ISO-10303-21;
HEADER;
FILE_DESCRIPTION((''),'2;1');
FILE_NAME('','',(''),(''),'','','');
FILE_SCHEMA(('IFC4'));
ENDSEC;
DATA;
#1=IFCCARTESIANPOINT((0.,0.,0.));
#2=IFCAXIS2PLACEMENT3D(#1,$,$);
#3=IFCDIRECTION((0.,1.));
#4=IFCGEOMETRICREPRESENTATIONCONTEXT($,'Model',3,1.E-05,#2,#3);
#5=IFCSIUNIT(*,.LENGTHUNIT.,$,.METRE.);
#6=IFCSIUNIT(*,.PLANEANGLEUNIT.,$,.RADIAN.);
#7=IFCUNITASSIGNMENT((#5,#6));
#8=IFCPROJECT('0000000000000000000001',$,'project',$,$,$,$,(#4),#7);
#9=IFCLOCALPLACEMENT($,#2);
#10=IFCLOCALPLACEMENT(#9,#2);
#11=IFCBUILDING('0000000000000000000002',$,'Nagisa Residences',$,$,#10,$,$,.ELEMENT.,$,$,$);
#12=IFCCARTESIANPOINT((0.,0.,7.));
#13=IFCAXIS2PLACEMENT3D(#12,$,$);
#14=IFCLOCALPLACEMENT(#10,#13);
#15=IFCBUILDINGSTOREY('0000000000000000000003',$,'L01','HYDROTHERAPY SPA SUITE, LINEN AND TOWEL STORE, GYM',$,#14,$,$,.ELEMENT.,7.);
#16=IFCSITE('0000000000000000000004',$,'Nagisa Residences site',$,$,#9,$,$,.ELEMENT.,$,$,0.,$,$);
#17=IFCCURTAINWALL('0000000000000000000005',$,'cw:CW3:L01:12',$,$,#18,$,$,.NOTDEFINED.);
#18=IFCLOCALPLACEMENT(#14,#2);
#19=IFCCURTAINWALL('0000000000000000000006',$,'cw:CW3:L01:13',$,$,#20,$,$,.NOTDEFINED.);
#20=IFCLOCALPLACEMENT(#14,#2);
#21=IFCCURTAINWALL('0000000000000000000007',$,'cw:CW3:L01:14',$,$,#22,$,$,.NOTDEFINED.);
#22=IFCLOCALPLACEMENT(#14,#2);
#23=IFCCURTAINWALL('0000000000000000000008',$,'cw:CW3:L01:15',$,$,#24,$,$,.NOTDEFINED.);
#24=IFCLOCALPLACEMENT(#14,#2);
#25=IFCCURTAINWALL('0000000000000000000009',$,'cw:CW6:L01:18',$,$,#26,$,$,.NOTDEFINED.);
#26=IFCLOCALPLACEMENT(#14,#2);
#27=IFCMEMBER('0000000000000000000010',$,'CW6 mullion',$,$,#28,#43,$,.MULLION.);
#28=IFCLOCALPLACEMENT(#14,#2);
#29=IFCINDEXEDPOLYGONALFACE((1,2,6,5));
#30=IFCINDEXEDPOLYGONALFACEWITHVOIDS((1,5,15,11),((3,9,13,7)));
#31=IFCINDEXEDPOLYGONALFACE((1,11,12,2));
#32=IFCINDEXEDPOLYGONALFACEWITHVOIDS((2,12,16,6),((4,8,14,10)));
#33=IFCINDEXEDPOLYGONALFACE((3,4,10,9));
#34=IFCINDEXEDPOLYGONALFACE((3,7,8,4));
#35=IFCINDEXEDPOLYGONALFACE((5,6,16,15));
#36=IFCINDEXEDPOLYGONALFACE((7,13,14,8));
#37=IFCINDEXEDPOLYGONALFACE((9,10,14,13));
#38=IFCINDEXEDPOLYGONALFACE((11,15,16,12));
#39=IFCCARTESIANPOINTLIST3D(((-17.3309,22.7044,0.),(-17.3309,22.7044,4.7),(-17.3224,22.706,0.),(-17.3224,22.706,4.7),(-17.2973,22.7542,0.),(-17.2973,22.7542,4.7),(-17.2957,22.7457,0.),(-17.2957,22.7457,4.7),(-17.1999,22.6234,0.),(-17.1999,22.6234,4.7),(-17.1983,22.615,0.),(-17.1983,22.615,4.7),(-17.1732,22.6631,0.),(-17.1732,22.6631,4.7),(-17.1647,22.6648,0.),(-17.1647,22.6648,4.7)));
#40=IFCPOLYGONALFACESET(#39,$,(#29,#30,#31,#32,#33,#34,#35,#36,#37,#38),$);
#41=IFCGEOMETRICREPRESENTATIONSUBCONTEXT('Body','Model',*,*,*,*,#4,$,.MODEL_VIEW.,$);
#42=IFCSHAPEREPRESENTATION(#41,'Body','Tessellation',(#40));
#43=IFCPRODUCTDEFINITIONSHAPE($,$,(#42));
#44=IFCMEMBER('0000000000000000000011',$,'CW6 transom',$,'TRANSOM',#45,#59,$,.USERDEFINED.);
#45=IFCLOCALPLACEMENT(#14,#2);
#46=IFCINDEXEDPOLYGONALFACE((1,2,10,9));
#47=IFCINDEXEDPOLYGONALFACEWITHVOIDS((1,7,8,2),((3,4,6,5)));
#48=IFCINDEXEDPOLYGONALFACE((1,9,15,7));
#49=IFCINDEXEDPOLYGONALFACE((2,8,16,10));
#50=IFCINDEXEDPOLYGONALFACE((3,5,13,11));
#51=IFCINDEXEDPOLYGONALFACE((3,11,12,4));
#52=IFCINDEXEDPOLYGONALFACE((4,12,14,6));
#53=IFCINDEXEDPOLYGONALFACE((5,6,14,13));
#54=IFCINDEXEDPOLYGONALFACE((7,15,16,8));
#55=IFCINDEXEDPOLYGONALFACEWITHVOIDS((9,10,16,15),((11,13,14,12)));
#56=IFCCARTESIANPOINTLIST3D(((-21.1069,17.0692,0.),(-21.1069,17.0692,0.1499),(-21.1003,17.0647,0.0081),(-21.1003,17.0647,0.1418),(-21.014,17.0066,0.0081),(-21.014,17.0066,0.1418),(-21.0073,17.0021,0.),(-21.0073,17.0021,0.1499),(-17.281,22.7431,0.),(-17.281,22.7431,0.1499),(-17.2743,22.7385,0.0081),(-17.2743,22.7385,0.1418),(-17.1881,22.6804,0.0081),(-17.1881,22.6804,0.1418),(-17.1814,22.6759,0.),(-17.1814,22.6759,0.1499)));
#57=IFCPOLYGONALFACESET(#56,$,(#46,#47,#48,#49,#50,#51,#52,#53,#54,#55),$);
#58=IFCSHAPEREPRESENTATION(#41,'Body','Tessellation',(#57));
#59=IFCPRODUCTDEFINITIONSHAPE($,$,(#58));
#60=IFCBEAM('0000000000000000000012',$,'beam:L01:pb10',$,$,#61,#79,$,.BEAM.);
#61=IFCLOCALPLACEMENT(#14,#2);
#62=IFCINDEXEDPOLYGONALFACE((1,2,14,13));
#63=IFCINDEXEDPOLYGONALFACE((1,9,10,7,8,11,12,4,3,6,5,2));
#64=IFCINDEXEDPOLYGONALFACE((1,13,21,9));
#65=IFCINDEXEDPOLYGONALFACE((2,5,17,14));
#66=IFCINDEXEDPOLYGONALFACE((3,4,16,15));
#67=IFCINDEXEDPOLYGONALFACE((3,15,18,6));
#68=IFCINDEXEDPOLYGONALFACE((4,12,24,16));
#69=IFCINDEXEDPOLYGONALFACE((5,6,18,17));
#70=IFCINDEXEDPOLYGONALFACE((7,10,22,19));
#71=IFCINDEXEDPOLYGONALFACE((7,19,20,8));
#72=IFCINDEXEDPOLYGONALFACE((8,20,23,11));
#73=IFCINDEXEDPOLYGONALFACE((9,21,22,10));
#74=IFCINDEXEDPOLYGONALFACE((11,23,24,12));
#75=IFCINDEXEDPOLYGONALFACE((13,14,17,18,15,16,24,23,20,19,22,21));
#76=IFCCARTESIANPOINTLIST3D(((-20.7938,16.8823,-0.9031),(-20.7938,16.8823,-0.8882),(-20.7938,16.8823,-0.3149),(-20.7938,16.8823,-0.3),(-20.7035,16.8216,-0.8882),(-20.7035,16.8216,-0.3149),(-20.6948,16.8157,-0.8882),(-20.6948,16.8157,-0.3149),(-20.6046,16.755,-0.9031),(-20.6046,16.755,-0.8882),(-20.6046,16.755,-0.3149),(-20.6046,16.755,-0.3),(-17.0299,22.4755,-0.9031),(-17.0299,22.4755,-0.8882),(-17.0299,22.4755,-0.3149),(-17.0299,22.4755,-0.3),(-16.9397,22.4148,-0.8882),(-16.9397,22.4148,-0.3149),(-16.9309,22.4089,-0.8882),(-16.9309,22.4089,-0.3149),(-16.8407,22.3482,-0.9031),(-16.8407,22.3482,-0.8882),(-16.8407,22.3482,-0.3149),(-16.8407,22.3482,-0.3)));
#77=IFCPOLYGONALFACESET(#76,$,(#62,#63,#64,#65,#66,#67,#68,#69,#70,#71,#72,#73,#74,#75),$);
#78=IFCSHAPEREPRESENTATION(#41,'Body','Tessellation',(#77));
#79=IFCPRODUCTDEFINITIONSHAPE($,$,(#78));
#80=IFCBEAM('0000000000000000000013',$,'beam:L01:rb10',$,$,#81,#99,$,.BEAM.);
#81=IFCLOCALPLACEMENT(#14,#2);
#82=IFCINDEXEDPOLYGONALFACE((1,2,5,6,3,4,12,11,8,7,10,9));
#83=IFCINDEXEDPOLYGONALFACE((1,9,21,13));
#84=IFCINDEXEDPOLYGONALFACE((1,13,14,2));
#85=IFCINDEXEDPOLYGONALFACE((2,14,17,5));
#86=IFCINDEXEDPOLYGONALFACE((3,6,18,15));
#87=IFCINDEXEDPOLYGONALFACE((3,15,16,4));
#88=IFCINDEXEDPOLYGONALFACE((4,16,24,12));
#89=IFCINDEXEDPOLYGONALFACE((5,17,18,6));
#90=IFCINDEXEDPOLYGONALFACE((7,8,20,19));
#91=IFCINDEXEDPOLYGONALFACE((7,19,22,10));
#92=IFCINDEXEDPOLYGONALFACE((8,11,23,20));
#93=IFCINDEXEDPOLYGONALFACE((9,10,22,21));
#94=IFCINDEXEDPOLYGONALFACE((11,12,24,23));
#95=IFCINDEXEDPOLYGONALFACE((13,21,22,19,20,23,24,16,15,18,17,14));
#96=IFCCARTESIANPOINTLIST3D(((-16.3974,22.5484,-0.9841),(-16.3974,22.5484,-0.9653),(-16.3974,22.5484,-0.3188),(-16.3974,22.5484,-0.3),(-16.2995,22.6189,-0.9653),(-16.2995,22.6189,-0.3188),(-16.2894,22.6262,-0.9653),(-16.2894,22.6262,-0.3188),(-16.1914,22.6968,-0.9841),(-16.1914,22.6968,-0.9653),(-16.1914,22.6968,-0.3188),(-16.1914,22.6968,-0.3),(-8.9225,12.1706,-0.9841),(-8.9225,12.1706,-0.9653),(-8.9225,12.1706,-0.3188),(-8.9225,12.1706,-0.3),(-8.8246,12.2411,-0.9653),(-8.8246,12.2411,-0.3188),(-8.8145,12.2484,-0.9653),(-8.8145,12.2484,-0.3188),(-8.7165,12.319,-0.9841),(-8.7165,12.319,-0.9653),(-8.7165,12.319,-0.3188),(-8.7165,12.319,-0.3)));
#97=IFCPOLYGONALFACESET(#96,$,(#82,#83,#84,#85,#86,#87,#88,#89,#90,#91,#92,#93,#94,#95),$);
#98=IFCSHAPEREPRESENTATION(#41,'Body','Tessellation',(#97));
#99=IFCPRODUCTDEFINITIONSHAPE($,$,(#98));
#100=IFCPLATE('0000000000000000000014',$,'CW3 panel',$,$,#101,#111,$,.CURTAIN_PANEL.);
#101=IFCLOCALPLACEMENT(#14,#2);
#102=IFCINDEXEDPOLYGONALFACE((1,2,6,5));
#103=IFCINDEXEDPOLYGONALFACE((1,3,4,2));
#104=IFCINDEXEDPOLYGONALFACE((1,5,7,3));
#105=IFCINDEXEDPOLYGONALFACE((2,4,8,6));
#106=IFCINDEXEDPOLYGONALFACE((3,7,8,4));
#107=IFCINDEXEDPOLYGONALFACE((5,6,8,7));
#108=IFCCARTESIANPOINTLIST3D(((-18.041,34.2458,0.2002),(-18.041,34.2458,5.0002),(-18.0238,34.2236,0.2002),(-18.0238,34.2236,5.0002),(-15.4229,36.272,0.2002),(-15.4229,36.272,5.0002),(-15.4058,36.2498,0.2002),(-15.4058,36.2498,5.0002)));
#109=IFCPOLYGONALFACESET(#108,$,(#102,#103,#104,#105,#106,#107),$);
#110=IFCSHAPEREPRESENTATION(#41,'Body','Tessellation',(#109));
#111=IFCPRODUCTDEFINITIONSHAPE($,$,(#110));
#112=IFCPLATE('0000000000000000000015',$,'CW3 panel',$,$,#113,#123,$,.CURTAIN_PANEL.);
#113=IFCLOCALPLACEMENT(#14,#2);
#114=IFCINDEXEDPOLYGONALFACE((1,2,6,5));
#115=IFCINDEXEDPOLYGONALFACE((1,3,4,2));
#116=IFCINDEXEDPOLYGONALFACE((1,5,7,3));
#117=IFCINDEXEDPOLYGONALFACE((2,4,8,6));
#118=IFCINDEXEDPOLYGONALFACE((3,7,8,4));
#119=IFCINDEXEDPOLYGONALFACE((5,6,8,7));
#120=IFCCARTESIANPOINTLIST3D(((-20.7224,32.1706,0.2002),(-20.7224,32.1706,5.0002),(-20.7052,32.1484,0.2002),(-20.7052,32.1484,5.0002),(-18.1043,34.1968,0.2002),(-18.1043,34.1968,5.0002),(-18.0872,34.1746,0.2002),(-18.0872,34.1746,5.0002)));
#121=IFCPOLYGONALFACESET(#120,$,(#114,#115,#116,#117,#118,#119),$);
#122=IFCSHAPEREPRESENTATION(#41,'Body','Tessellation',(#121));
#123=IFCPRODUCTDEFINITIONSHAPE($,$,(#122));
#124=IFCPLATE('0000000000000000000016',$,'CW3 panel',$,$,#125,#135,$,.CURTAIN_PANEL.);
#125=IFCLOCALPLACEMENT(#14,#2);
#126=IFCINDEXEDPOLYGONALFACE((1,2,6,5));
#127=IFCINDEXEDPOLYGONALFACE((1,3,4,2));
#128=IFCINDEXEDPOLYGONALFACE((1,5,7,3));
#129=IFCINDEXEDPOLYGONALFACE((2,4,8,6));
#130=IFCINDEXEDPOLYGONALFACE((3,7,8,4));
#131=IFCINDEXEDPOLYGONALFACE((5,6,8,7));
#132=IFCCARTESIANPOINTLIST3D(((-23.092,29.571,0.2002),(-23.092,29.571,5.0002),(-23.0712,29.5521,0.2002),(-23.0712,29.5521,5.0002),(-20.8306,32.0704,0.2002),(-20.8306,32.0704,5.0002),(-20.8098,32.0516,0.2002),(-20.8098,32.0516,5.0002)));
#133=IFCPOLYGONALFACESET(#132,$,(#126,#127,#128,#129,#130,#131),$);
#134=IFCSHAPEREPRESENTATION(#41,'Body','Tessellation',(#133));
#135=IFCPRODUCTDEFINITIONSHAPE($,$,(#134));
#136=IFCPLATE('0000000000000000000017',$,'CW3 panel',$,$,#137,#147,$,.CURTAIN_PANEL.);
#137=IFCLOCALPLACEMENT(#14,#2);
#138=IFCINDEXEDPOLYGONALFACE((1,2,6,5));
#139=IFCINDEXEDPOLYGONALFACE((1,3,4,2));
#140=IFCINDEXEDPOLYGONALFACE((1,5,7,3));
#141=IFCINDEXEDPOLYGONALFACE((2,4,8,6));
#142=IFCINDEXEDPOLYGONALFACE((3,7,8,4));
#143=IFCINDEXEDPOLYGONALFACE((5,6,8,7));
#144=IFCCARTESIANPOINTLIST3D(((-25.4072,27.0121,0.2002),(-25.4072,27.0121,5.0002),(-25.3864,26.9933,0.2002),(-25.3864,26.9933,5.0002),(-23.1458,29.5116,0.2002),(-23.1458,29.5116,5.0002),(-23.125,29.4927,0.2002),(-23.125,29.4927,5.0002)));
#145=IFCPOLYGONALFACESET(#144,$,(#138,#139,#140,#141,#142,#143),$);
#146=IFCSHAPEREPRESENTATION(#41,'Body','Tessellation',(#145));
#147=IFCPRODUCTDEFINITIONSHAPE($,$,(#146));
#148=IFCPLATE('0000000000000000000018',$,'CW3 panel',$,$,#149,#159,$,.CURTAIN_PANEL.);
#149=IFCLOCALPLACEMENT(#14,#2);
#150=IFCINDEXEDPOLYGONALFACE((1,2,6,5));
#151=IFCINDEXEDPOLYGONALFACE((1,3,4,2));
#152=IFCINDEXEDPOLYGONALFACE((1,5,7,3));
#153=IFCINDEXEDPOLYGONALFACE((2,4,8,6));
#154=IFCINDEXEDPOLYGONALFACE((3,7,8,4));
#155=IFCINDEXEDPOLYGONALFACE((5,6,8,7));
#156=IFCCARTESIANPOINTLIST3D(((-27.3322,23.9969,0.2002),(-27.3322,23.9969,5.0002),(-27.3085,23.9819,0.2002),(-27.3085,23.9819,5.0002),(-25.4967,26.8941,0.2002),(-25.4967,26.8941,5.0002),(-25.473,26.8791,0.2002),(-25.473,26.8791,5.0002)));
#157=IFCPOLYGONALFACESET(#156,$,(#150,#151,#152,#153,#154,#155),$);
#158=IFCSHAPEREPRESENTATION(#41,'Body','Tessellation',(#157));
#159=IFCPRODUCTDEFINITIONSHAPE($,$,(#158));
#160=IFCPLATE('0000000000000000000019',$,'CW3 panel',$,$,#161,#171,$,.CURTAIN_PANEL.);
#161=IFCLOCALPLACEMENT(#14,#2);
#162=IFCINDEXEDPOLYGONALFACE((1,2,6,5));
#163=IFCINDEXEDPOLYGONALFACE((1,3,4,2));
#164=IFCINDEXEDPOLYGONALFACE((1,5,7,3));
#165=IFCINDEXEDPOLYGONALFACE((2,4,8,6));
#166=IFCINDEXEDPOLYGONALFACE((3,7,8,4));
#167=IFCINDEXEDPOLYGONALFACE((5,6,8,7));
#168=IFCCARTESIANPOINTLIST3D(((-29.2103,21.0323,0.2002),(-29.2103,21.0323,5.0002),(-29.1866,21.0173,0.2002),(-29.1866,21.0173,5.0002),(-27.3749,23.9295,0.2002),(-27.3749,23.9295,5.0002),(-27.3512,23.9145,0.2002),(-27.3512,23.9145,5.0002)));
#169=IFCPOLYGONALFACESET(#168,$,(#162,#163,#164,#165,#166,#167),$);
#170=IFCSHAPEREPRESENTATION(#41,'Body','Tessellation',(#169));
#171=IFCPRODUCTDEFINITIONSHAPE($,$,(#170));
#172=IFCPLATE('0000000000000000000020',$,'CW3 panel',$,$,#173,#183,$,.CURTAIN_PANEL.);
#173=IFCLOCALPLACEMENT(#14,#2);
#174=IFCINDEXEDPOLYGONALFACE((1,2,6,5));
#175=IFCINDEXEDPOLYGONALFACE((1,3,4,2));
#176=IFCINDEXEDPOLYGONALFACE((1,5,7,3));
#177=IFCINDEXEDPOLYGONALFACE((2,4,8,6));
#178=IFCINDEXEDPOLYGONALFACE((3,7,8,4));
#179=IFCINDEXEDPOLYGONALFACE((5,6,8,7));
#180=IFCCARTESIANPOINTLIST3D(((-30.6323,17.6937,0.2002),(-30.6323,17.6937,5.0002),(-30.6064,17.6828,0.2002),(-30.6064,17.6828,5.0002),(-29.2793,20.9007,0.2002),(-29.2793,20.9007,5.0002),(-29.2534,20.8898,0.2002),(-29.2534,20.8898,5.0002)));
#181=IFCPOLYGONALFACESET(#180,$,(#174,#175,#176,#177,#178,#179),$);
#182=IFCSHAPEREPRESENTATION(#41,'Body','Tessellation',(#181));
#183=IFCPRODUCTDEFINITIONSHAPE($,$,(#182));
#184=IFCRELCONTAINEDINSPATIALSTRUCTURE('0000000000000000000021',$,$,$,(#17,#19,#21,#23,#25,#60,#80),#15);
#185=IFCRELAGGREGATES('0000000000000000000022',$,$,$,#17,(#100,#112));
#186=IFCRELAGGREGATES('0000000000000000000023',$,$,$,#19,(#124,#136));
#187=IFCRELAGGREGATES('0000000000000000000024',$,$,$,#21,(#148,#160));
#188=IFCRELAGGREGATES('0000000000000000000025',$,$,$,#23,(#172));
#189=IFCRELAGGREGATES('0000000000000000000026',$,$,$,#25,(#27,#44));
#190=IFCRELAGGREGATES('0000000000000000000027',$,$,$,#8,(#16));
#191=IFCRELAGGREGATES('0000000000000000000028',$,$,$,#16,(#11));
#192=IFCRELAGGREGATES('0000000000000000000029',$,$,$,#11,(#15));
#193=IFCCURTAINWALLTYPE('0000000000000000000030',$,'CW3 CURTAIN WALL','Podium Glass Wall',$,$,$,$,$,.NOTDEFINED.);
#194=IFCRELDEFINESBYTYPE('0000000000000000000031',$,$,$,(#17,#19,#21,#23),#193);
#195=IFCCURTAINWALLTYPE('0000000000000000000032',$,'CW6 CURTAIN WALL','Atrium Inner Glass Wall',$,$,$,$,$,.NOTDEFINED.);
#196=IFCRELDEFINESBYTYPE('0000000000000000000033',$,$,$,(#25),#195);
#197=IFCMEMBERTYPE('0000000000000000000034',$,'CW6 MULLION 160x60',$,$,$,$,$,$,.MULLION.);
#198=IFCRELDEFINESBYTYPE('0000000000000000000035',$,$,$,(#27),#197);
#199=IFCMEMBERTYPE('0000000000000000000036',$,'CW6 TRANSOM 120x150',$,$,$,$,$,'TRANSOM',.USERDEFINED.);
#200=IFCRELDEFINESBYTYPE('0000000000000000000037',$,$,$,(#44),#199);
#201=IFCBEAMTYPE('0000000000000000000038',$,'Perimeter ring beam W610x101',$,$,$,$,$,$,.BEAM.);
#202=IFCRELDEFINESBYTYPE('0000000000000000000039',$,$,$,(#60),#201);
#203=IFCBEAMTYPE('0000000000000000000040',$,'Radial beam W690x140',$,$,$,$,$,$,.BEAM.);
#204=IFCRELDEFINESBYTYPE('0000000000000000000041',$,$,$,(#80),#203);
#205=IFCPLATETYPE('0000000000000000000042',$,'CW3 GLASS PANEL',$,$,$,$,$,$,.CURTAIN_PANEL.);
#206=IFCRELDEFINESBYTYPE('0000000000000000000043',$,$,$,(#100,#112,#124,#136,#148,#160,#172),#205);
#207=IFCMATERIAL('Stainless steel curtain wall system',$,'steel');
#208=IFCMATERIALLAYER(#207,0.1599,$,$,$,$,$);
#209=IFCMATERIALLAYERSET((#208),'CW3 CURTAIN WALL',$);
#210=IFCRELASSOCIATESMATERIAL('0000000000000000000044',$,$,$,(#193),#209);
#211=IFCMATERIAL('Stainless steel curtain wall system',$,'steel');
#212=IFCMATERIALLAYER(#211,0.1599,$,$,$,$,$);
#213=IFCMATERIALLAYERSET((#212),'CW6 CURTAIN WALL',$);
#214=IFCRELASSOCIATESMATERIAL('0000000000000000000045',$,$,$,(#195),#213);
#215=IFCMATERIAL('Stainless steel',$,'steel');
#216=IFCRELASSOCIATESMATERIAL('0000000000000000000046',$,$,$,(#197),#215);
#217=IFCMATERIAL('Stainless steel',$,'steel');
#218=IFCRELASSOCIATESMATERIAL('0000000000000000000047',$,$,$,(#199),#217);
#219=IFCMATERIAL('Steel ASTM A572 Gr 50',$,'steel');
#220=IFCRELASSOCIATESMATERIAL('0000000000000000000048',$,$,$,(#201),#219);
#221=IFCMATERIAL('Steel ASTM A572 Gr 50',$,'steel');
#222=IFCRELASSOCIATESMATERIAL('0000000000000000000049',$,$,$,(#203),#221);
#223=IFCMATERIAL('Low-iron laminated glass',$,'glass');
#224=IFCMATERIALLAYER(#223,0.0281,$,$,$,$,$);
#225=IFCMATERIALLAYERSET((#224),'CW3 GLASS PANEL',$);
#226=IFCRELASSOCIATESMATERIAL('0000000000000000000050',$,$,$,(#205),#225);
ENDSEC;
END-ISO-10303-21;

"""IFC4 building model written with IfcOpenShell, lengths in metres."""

from ifc_helpers import new_model, si_unit, direction, frame, origin, origin_2d, place, context, subcontext, project, spatial, rectangle, hollow_rectangle, i_section, extrude, material, layer, layer_set, material_profile, profile_set, type_object, element, aggregate, save


model = new_model("IFC4")

# Units and contexts
model_context = context("Model", 3, precision=1e-05, world=origin(), true_north=direction((0.0, 1.0)))
body_context = subcontext(model_context, "Body", "Model", "MODEL_VIEW")
ifc_project = project(units=[si_unit("LENGTHUNIT", "METRE"), si_unit("PLANEANGLEUNIT", "RADIAN")], contexts=[model_context])

# Site, building, storey
site_placement = place(None, origin())
site = spatial("IfcSite", under=ifc_project, at=site_placement, Name="Nagisa Residences site", CompositionType="ELEMENT", RefElevation=0.0)
building_placement = place(site_placement, origin())
building = spatial("IfcBuilding", under=site, at=building_placement, Name="Nagisa Residences", CompositionType="ELEMENT")
storey_placement = place(building_placement, frame((0.0, 0.0, 7.0)))
storey = spatial("IfcBuildingStorey", under=building, at=storey_placement, Name="L01", Description="HYDROTHERAPY SPA SUITE, LINEN AND TOWEL STORE, GYM", CompositionType="ELEMENT", Elevation=7.0)

# Shared definitions
ifc_material_1 = material(Name="Stainless steel curtain wall system", Category="steel")
ifc_layer_1 = layer(ifc_material_1, 0.1599)
ifc_layer_set_1 = layer_set([ifc_layer_1], Name="CW3 CURTAIN WALL")
curtain_wall_type_1 = type_object("IfcCurtainWallType", Name="CW3 CURTAIN WALL", Description="Podium Glass Wall", PredefinedType="NOTDEFINED", material=ifc_layer_set_1)

# Curtain walls
curtain_wall_1_placement = place(storey_placement, origin())
curtain_wall_1 = element("IfcCurtainWall", 1, at=curtain_wall_1_placement, inside=storey, type_object=curtain_wall_type_1, Name="cw:CW3:L01:12", PredefinedType="NOTDEFINED")
curtain_wall_2_placement = place(storey_placement, origin())
curtain_wall_2 = element("IfcCurtainWall", 2, at=curtain_wall_2_placement, inside=storey, type_object=curtain_wall_type_1, Name="cw:CW3:L01:13", PredefinedType="NOTDEFINED")
curtain_wall_3_placement = place(storey_placement, origin())
curtain_wall_3 = element("IfcCurtainWall", 3, at=curtain_wall_3_placement, inside=storey, type_object=curtain_wall_type_1, Name="cw:CW3:L01:14", PredefinedType="NOTDEFINED")
curtain_wall_4_placement = place(storey_placement, origin())
curtain_wall_4 = element("IfcCurtainWall", 4, at=curtain_wall_4_placement, inside=storey, type_object=curtain_wall_type_1, Name="cw:CW3:L01:15", PredefinedType="NOTDEFINED")

# Curtain wall, members
ifc_material_2 = material(Name="Stainless steel curtain wall system", Category="steel")
ifc_layer_2 = layer(ifc_material_2, 0.1599)
ifc_layer_set_2 = layer_set([ifc_layer_2], Name="CW6 CURTAIN WALL")
curtain_wall_type_2 = type_object("IfcCurtainWallType", Name="CW6 CURTAIN WALL", Description="Atrium Inner Glass Wall", PredefinedType="NOTDEFINED", material=ifc_layer_set_2)
curtain_wall_5_placement = place(storey_placement, origin())
curtain_wall_5 = element("IfcCurtainWall", 5, at=curtain_wall_5_placement, inside=storey, type_object=curtain_wall_type_2, Name="cw:CW6:L01:18", PredefinedType="NOTDEFINED")
ifc_material_3 = material(Name="Stainless steel", Category="steel")
ifc_material_profile_1 = material_profile(ifc_material_3, hollow_rectangle(XDim=0.1599, YDim=0.0601, WallThickness=0.0061, at=origin_2d()), Name="CW6 MULLION 160x60")
ifc_profile_set_1 = profile_set([ifc_material_profile_1], Name="Stainless steel")
member_type_1 = type_object("IfcMemberType", Name="CW6 MULLION 160x60", PredefinedType="MULLION", material=ifc_profile_set_1)
member_1_placement = place(storey_placement, frame((-17.2478, 22.6846, 0.0), z_axis=(0.0, 0.0, 1.0), x_axis=(0.829111, -0.559084, 0.0)))
member_1 = element("IfcMember", 6, at=member_1_placement, type_object=member_type_1, Name="CW6 mullion", PredefinedType="MULLION", context=body_context, shape_type="SweptSolid", body=[
    extrude(hollow_rectangle(XDim=0.1599, YDim=0.0601, WallThickness=0.0061, at=origin_2d()), origin(), (0.0, 0.0, 1.0), 4.7),
])
ifc_material_4 = material(Name="Stainless steel", Category="steel")
ifc_material_profile_2 = material_profile(ifc_material_4, hollow_rectangle(XDim=0.1201, YDim=0.1499, WallThickness=0.0081, at=origin_2d()), Name="CW6 TRANSOM 120x150")
ifc_profile_set_2 = profile_set([ifc_material_profile_2], Name="Stainless steel")
member_type_2 = type_object("IfcMemberType", Name="CW6 TRANSOM 120x150", ElementType="TRANSOM", PredefinedType="USERDEFINED", material=ifc_profile_set_2)
member_2_placement = place(storey_placement, frame((-17.2312, 22.7095, 0.075), z_axis=(-0.559081, -0.829113, 0.0), x_axis=(0.829113, -0.559081, 0.0)))
member_2 = element("IfcMember", 7, at=member_2_placement, type_object=member_type_2, Name="CW6 transom", ObjectType="TRANSOM", PredefinedType="USERDEFINED", context=body_context, shape_type="SweptSolid", body=[
    extrude(hollow_rectangle(XDim=0.1201, YDim=0.1499, WallThickness=0.0081, at=origin_2d()), origin(), (0.0, 0.0, 1.0), 6.8433),
])

# Beams
ifc_material_5 = material(Name="Steel ASTM A572 Gr 50", Category="steel")
ifc_material_profile_3 = material_profile(ifc_material_5, i_section(OverallWidth=0.228, OverallDepth=0.603, WebThickness=0.0105, FlangeThickness=0.0149, at=origin_2d()), Name="W610x101")
ifc_profile_set_3 = profile_set([ifc_material_profile_3], Name="Steel ASTM A572 Gr 50")
beam_type_1 = type_object("IfcBeamType", Name="Perimeter ring beam W610x101", PredefinedType="BEAM", material=ifc_profile_set_3)
beam_1_placement = place(storey_placement, frame((-16.9353, 22.4119, -0.6016), z_axis=(-0.558297, -0.829641, 0.0), x_axis=(0.829641, -0.558297, 0.0)))
element("IfcBeam", 8, at=beam_1_placement, inside=storey, type_object=beam_type_1, Name="beam:L01:pb10", PredefinedType="BEAM", context=body_context, shape_type="SweptSolid", body=[
    extrude(i_section(OverallWidth=0.228, OverallDepth=0.603, WebThickness=0.0105, FlangeThickness=0.0149, at=origin_2d()), origin(), (0.0, 0.0, 1.0), 6.7417),
])
ifc_material_6 = material(Name="Steel ASTM A572 Gr 50", Category="steel")
ifc_material_profile_4 = material_profile(ifc_material_6, i_section(OverallWidth=0.2539, OverallDepth=0.6841, WebThickness=0.0125, FlangeThickness=0.0188, at=origin_2d()), Name="W690x140")
ifc_profile_set_4 = profile_set([ifc_material_profile_4], Name="Steel ASTM A572 Gr 50")
beam_type_2 = type_object("IfcBeamType", Name="Radial beam W690x140", PredefinedType="BEAM", material=ifc_profile_set_4)
beam_2_placement = place(storey_placement, frame((-16.2944, 22.6226, -0.6421), z_axis=(0.584455, -0.811426, 0.0), x_axis=(0.811426, 0.584455, 0.0)))
element("IfcBeam", 9, at=beam_2_placement, inside=storey, type_object=beam_type_2, Name="beam:L01:rb10", PredefinedType="BEAM", context=body_context, shape_type="SweptSolid", body=[
    extrude(i_section(OverallWidth=0.2539, OverallDepth=0.6841, WebThickness=0.0125, FlangeThickness=0.0188, at=origin_2d()), origin(), (0.0, 0.0, 1.0), 12.7896),
])

# Plates
ifc_material_7 = material(Name="Low-iron laminated glass", Category="glass")
ifc_layer_3 = layer(ifc_material_7, 0.0281)
ifc_layer_set_3 = layer_set([ifc_layer_3], Name="CW3 GLASS PANEL")
plate_type_1 = type_object("IfcPlateType", Name="CW3 GLASS PANEL", PredefinedType="CURTAIN_PANEL", material=ifc_layer_set_3)
plate_1_placement = place(storey_placement, frame((-16.7234, 35.2478, 0.2002), z_axis=(0.0, 0.0, 1.0), x_axis=(-0.790831, -0.612035, 0.0)))
plate_1 = element("IfcPlate", 10, at=plate_1_placement, type_object=plate_type_1, Name="CW3 panel", PredefinedType="CURTAIN_PANEL", context=body_context, shape_type="SweptSolid", body=[
    extrude(rectangle(XDim=3.3105, YDim=0.0281, at=origin_2d()), origin(), (0.0, 0.0, 1.0), 4.8),
])
plate_2_placement = place(storey_placement, frame((-19.4048, 33.1726, 0.2002), z_axis=(0.0, 0.0, 1.0), x_axis=(-0.790831, -0.612035, 0.0)))
plate_2 = element("IfcPlate", 11, at=plate_2_placement, type_object=plate_type_1, Name="CW3 panel", PredefinedType="CURTAIN_PANEL", context=body_context, shape_type="SweptSolid", body=[
    extrude(rectangle(XDim=3.3105, YDim=0.0281, at=origin_2d()), origin(), (0.0, 0.0, 1.0), 4.8),
])
aggregate(curtain_wall_1, [plate_1, plate_2])
plate_3_placement = place(storey_placement, frame((-21.9509, 30.8113, 0.2002), z_axis=(0.0, 0.0, 1.0), x_axis=(-0.670913, -0.741536, 0.0)))
plate_3 = element("IfcPlate", 12, at=plate_3_placement, type_object=plate_type_1, Name="CW3 panel", PredefinedType="CURTAIN_PANEL", context=body_context, shape_type="SweptSolid", body=[
    extrude(rectangle(XDim=3.3706, YDim=0.0281, at=origin_2d()), origin(), (0.0, 0.0, 1.0), 4.8),
])
plate_4_placement = place(storey_placement, frame((-24.2661, 28.2524, 0.2002), z_axis=(0.0, 0.0, 1.0), x_axis=(-0.670913, -0.741536, 0.0)))
plate_4 = element("IfcPlate", 13, at=plate_4_placement, type_object=plate_type_1, Name="CW3 panel", PredefinedType="CURTAIN_PANEL", context=body_context, shape_type="SweptSolid", body=[
    extrude(rectangle(XDim=3.3706, YDim=0.0281, at=origin_2d()), origin(), (0.0, 0.0, 1.0), 4.8),
])
aggregate(curtain_wall_2, [plate_3, plate_4])
plate_5_placement = place(storey_placement, frame((-26.4026, 25.438, 0.2002), z_axis=(0.0, 0.0, 1.0), x_axis=(-0.535165, -0.844747, 0.0)))
plate_5 = element("IfcPlate", 14, at=plate_5_placement, type_object=plate_type_1, Name="CW3 panel", PredefinedType="CURTAIN_PANEL", context=body_context, shape_type="SweptSolid", body=[
    extrude(rectangle(XDim=3.4297, YDim=0.0281, at=origin_2d()), origin(), (0.0, 0.0, 1.0), 4.8),
])
plate_6_placement = place(storey_placement, frame((-28.2808, 22.4734, 0.2002), z_axis=(0.0, 0.0, 1.0), x_axis=(-0.535165, -0.844747, 0.0)))
plate_6 = element("IfcPlate", 15, at=plate_6_placement, type_object=plate_type_1, Name="CW3 panel", PredefinedType="CURTAIN_PANEL", context=body_context, shape_type="SweptSolid", body=[
    extrude(rectangle(XDim=3.4297, YDim=0.0281, at=origin_2d()), origin(), (0.0, 0.0, 1.0), 4.8),
])
aggregate(curtain_wall_3, [plate_5, plate_6])
plate_7_placement = place(storey_placement, frame((-29.9429, 19.2917, 0.2002), z_axis=(0.0, 0.0, 1.0), x_axis=(-0.388718, -0.921357, 0.0)))
plate_7 = element("IfcPlate", 16, at=plate_7_placement, type_object=plate_type_1, Name="CW3 panel", PredefinedType="CURTAIN_PANEL", context=body_context, shape_type="SweptSolid", body=[
    extrude(rectangle(XDim=3.4807, YDim=0.0281, at=origin_2d()), origin(), (0.0, 0.0, 1.0), 4.8),
])
aggregate(curtain_wall_4, [plate_7])
aggregate(curtain_wall_5, [member_1, member_2])

save(model, "model.ifc")
